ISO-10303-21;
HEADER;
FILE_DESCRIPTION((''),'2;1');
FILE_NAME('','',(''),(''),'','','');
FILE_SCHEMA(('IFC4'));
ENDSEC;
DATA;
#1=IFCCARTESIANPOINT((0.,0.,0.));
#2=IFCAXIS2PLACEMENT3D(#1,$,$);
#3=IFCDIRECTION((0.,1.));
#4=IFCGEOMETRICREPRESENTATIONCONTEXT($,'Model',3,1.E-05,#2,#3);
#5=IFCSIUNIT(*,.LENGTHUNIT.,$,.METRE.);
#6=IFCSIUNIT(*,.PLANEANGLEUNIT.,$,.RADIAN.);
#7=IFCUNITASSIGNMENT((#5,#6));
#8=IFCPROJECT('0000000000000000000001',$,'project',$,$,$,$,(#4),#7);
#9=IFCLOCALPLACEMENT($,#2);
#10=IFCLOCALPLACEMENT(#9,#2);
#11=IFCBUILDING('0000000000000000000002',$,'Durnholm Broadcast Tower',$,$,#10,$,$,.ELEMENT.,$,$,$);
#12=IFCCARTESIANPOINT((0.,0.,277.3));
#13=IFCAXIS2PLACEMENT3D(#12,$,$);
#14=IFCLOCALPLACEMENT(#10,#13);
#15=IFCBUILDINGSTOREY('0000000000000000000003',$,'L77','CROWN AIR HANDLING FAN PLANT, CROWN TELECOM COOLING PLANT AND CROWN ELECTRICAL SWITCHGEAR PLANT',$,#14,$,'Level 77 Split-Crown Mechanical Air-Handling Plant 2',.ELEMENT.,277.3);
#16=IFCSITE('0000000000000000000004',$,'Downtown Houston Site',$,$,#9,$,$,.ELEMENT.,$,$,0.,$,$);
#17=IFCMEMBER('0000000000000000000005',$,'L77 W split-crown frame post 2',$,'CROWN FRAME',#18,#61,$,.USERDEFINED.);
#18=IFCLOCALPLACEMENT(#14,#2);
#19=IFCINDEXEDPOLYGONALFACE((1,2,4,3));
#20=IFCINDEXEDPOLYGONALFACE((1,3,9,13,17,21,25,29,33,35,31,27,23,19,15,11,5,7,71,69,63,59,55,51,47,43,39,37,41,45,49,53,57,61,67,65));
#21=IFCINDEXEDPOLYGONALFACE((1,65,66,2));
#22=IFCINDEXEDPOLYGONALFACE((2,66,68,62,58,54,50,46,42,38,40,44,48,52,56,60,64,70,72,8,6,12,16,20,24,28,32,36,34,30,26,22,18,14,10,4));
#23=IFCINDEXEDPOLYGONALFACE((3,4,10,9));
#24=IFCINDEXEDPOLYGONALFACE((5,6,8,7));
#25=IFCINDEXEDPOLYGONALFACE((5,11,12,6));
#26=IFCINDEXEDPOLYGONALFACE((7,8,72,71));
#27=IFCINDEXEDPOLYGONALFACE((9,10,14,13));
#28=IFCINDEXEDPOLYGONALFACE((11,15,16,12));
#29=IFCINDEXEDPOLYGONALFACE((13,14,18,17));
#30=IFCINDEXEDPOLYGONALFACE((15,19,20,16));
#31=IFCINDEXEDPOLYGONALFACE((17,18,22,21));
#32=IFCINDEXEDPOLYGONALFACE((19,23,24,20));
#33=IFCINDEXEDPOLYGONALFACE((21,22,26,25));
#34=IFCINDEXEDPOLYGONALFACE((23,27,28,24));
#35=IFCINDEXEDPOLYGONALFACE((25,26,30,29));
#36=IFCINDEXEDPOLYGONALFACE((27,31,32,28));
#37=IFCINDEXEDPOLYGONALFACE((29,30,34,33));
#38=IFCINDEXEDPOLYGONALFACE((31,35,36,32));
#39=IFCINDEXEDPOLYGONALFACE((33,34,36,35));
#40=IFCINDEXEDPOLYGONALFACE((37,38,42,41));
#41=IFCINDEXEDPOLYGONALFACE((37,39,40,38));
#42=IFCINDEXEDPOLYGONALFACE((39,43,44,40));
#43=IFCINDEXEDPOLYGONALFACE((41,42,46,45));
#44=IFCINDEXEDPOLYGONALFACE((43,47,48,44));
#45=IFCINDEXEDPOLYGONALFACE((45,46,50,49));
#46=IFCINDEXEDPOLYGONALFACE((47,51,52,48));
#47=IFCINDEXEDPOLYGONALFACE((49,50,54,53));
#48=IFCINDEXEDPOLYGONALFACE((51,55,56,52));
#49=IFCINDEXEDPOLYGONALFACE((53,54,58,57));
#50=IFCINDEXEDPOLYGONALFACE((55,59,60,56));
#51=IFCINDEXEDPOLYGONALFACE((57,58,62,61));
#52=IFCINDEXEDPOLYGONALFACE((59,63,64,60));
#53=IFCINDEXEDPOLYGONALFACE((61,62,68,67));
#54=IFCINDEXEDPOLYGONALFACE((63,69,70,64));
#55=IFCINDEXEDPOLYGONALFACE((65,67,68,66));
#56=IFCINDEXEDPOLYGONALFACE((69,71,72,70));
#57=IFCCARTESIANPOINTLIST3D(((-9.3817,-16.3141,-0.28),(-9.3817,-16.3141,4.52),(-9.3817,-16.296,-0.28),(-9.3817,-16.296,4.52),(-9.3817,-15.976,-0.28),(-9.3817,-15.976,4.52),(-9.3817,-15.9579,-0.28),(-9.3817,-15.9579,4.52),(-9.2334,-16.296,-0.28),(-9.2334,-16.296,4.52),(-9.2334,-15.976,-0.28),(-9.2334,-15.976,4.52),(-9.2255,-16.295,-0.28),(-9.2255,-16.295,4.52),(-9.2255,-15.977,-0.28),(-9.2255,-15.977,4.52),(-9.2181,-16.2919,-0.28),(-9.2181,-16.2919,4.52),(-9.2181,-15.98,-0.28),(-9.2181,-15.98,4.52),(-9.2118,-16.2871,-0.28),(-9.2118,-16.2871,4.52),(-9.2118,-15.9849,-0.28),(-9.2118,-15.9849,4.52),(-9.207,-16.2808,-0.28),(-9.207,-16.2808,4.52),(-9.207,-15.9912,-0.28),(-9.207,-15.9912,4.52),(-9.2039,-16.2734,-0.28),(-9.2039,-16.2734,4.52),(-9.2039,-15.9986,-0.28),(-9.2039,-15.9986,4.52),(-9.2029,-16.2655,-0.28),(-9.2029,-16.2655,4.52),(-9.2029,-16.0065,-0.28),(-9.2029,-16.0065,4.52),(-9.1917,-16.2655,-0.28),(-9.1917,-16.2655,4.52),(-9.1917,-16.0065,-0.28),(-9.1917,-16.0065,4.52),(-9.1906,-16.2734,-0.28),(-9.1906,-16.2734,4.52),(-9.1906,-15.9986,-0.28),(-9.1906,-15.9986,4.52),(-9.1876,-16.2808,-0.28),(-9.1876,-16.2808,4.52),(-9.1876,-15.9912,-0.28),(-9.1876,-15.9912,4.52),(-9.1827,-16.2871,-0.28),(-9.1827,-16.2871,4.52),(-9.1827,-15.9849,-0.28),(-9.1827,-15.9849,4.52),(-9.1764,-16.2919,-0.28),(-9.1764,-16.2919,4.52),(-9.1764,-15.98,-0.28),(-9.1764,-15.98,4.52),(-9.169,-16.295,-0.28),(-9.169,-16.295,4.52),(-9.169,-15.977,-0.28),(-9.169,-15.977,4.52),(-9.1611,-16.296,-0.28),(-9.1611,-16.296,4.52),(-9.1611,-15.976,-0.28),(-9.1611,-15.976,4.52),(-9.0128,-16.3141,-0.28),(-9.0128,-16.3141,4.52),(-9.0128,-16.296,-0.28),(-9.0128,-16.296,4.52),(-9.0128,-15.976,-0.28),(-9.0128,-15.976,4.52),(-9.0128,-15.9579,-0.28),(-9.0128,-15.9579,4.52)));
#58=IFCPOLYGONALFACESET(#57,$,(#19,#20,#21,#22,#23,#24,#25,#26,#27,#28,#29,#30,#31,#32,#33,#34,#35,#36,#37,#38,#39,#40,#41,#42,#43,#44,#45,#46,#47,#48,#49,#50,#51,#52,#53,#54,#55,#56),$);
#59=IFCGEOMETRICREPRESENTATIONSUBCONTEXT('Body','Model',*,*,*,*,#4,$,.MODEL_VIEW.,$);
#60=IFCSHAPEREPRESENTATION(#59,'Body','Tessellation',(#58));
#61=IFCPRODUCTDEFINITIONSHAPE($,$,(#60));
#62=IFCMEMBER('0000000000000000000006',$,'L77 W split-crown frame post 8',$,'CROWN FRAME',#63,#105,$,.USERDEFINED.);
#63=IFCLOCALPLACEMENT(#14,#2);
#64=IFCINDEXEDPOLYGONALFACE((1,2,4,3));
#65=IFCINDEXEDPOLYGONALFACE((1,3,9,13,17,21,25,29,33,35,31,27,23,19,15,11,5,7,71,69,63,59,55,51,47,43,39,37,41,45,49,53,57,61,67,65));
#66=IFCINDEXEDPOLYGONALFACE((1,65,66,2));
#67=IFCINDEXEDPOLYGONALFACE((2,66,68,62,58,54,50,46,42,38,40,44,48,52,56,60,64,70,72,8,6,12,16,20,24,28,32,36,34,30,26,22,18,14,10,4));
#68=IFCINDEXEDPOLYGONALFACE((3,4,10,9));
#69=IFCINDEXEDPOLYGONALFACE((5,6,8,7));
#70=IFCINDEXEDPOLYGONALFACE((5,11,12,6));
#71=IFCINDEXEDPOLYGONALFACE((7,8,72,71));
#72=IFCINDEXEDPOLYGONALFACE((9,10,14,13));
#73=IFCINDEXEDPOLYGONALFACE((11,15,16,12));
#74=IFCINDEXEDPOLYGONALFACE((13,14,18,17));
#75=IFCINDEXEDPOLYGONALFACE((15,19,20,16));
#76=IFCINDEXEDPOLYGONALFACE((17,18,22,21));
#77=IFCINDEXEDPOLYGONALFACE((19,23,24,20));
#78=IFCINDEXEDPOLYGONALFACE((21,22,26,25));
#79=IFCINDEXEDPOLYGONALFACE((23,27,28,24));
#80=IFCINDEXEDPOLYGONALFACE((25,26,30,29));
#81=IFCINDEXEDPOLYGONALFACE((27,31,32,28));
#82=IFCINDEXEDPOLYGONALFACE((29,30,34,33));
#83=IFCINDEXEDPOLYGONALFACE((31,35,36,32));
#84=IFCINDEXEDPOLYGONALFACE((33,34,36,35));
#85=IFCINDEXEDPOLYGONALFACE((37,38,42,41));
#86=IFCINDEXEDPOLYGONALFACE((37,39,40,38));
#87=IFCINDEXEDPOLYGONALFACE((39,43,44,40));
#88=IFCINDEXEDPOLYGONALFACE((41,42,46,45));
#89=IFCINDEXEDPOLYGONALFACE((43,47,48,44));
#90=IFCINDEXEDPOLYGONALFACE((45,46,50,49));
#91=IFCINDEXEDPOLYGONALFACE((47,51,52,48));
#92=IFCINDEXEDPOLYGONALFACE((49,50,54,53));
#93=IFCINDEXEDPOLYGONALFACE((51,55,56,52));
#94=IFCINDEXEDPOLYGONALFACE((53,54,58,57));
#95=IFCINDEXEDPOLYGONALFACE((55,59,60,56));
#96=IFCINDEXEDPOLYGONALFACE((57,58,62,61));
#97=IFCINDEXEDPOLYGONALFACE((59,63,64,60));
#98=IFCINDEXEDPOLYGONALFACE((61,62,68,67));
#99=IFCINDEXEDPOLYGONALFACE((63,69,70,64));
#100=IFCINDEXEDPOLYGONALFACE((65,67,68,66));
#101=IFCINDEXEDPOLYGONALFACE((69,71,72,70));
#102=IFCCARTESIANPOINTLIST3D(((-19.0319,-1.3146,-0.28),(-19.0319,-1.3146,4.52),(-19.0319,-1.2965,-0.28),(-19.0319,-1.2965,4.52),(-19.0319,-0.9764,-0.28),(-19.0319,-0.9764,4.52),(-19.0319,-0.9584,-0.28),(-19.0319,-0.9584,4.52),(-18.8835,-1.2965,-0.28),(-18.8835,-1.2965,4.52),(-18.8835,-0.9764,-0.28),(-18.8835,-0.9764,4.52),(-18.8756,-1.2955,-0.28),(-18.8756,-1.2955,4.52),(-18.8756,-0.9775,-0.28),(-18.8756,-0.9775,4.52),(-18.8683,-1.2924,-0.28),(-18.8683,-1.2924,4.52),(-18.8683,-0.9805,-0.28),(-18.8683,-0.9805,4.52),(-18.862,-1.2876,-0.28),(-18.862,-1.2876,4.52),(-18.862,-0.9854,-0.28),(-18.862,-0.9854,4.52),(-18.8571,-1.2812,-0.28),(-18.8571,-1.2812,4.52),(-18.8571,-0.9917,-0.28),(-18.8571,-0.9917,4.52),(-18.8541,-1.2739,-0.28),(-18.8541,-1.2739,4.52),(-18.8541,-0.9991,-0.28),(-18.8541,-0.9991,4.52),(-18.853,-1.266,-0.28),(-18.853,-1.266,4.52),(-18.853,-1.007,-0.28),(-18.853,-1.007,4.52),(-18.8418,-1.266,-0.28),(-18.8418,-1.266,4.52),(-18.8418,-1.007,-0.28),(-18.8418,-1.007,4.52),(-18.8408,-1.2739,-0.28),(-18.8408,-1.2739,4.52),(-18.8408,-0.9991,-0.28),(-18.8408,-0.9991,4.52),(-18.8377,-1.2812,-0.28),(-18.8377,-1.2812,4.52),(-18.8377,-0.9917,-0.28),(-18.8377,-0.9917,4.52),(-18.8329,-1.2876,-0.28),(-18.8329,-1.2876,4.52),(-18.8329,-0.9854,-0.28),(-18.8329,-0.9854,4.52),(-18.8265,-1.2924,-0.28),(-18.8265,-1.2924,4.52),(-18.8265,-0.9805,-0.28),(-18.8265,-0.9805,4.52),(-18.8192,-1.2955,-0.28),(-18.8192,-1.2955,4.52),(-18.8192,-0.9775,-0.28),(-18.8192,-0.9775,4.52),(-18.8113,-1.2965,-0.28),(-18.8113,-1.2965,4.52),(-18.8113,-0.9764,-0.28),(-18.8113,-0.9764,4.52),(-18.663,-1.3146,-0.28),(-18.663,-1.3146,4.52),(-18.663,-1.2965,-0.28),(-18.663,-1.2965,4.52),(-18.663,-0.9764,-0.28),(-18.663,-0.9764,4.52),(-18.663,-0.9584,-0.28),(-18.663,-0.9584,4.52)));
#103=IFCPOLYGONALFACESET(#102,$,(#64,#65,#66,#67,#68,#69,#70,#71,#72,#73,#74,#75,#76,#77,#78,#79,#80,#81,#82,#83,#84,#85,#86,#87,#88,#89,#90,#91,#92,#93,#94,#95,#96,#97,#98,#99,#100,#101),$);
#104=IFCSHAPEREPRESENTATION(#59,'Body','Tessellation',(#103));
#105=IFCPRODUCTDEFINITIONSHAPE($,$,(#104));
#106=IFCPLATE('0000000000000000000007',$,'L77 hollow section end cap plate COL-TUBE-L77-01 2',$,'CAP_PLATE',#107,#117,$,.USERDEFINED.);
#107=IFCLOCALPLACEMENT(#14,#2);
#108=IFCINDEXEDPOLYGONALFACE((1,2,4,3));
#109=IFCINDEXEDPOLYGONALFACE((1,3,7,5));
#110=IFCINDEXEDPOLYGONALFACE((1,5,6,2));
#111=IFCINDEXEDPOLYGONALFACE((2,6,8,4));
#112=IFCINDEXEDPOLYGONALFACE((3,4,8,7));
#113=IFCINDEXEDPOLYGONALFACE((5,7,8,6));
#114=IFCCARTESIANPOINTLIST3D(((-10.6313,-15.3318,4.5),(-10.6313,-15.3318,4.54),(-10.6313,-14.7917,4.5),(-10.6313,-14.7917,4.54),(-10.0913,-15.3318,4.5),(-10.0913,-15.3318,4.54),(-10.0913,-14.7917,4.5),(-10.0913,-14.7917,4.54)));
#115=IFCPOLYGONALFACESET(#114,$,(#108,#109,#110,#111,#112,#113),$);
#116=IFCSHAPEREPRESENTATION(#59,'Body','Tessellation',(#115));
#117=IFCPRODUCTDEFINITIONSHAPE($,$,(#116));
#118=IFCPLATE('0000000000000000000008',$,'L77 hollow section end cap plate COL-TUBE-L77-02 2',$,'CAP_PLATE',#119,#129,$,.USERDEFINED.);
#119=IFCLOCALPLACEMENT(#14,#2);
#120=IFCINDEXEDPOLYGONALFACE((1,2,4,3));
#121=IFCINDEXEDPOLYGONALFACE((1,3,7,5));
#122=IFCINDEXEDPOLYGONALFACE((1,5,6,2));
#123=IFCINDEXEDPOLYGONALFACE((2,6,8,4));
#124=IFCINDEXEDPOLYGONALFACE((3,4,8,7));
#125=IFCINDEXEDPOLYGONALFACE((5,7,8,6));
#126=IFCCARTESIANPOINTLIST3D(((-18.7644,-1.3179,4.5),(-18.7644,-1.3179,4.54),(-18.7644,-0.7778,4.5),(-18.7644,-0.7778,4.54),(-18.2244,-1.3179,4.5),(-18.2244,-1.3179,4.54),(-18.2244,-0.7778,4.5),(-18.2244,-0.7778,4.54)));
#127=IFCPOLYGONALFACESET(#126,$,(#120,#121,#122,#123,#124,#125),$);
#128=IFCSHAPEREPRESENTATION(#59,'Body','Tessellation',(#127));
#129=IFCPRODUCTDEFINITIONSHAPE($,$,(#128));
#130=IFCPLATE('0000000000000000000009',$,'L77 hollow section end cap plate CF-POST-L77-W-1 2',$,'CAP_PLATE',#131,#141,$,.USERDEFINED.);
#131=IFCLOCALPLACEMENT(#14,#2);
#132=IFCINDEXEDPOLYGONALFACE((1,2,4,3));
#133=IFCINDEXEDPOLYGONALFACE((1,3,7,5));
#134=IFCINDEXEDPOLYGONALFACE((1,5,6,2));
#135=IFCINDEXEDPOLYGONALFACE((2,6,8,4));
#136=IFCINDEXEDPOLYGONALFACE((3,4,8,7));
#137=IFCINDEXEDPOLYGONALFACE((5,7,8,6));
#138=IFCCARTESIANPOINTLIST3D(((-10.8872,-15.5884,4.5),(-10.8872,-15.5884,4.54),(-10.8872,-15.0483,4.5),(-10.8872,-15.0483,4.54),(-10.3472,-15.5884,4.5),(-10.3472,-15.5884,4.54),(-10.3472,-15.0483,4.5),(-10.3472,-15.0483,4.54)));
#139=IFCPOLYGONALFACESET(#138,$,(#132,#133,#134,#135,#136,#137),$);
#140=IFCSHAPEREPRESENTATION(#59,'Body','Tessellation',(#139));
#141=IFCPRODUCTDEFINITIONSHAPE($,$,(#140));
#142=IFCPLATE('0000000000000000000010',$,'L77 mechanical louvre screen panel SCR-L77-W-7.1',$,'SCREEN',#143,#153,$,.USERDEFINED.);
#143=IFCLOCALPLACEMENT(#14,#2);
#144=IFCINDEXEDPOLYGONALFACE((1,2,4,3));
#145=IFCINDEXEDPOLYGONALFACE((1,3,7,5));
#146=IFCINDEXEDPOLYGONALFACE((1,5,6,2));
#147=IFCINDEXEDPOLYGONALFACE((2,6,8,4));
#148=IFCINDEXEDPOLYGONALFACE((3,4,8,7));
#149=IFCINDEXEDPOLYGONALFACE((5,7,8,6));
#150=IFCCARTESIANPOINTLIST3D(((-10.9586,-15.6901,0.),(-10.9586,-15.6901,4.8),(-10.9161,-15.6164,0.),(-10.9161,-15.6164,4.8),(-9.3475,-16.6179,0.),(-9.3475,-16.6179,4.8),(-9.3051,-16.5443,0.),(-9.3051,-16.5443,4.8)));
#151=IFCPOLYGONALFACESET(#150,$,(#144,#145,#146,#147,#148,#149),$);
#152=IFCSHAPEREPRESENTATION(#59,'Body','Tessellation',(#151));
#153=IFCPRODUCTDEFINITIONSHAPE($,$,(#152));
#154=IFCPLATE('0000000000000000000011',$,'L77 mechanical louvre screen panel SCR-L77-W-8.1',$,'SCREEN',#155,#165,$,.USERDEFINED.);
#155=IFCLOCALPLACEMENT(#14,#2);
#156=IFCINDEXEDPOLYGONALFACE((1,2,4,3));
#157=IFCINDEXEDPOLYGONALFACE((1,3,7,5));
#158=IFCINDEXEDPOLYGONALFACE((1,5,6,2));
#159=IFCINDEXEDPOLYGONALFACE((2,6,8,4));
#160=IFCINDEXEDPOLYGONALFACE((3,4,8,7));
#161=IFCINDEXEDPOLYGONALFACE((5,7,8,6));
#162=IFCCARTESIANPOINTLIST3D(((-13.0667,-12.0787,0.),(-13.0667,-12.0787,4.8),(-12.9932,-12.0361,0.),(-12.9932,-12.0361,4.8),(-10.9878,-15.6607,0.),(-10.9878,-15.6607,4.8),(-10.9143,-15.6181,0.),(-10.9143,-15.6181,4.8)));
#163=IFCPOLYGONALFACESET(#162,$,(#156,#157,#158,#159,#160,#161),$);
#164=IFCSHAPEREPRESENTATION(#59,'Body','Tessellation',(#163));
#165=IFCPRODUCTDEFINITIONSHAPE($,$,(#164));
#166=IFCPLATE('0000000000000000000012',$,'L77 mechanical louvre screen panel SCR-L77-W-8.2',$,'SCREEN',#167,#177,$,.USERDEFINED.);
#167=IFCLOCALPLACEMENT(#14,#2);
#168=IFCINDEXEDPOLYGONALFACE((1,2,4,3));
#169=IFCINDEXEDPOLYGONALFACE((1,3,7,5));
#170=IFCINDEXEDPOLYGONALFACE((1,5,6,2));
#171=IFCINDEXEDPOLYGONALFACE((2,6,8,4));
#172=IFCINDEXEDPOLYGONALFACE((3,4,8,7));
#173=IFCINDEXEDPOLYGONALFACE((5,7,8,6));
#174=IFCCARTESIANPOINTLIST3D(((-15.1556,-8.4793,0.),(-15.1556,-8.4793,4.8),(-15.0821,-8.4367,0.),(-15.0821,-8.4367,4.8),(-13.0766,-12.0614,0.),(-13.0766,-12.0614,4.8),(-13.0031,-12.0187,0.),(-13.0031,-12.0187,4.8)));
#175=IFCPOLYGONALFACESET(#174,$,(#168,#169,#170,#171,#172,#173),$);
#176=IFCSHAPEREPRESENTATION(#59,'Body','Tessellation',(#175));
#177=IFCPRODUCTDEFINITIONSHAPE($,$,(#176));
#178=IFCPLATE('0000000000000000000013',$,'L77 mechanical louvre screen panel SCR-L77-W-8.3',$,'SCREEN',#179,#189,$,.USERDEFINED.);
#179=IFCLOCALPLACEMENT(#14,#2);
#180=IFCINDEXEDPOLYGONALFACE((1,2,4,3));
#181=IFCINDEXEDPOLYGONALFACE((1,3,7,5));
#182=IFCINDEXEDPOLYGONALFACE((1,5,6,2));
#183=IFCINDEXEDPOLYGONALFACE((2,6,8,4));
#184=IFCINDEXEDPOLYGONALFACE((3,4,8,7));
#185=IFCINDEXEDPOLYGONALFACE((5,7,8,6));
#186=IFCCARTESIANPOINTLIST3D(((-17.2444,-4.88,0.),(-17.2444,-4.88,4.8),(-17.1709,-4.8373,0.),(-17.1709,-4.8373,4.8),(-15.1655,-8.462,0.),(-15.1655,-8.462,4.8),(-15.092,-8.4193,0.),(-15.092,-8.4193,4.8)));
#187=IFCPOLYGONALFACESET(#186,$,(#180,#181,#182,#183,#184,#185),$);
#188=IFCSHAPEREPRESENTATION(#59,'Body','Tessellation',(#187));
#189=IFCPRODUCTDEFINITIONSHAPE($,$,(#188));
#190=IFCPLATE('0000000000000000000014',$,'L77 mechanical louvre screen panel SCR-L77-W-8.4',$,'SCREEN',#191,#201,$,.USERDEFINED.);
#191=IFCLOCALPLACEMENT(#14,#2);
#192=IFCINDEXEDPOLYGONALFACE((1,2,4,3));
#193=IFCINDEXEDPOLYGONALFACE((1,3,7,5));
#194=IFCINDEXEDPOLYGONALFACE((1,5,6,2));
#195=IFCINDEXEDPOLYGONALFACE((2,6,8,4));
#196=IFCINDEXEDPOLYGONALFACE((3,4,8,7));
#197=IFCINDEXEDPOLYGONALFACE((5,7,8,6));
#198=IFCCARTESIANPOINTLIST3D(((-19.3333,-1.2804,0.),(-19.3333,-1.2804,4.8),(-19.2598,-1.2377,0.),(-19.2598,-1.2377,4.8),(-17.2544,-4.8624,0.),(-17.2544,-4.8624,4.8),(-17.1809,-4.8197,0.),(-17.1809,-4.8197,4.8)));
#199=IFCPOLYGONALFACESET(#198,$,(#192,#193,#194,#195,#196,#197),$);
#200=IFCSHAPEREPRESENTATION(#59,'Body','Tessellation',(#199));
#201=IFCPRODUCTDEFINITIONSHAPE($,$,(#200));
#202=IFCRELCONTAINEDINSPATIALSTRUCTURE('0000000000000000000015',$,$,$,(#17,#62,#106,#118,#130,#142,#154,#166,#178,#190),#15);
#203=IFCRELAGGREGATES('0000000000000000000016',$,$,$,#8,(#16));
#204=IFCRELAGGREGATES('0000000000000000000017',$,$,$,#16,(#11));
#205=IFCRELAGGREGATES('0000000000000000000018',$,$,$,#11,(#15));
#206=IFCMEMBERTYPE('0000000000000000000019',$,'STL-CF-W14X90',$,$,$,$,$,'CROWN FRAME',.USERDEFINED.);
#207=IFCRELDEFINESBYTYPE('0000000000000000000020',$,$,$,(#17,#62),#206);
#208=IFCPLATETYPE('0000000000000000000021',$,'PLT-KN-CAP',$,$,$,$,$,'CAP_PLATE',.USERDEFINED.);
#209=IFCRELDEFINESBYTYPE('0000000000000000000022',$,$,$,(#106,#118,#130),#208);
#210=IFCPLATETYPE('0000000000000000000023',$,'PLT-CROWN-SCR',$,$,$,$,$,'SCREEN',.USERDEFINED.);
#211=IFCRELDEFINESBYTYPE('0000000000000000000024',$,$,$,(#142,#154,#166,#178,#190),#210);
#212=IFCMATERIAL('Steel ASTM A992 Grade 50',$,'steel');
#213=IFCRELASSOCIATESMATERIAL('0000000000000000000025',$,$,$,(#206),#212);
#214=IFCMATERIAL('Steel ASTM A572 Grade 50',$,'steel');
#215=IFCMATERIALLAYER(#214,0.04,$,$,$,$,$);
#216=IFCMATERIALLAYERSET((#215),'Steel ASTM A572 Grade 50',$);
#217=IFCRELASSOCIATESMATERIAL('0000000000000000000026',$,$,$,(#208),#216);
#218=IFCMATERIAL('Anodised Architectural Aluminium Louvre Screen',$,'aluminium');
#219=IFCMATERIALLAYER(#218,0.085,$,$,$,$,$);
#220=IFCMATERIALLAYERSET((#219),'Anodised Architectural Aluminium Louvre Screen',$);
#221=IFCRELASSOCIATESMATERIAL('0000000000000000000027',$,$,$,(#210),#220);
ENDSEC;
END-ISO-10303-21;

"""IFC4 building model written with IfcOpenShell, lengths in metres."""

from ifc_helpers import new_model, si_unit, direction, frame, origin, origin_2d, place, context, subcontext, project, spatial, rectangle, i_section, extrude, source, transform, mapped, material, layer, layer_set, material_profile, profile_set, type_object, type_shapes, element, save


model = new_model("IFC4")

# Units and contexts
model_context = context("Model", 3, precision=1e-05, world=origin(), true_north=direction((0.0, 1.0)))
body_context = subcontext(model_context, "Body", "Model", "MODEL_VIEW")
ifc_project = project(units=[si_unit("LENGTHUNIT", "METRE"), si_unit("PLANEANGLEUNIT", "RADIAN")], contexts=[model_context])

# Site, building, storey
site_placement = place(None, origin())
site = spatial("IfcSite", under=ifc_project, at=site_placement, Name="Downtown Houston Site", CompositionType="ELEMENT", RefElevation=0.0)
building_placement = place(site_placement, origin())
building = spatial("IfcBuilding", under=site, at=building_placement, Name="Durnholm Broadcast Tower", CompositionType="ELEMENT")
storey_placement = place(building_placement, frame((0.0, 0.0, 277.3)))
storey = spatial("IfcBuildingStorey", under=building, at=storey_placement, Name="L77", Description="CROWN AIR HANDLING FAN PLANT, CROWN TELECOM COOLING PLANT AND CROWN ELECTRICAL SWITCHGEAR PLANT", LongName="Level 77 Split-Crown Mechanical Air-Handling Plant 2", CompositionType="ELEMENT", Elevation=277.3)

# Shared definitions
ifc_material_1 = material(Name="Steel ASTM A992 Grade 50", Category="steel")

# Members
ifc_material_profile_1 = material_profile(ifc_material_1, i_section(OverallWidth=0.3689, OverallDepth=0.3562, WebThickness=0.0112, FlangeThickness=0.0181, FilletRadius=0.0305, at=origin_2d()), Name="W14X90")
ifc_profile_set_1 = profile_set([ifc_material_profile_1], Name="Steel ASTM A992 Grade 50")
member_type_1 = type_object("IfcMemberType", Name="STL-CF-W14X90", ElementType="CROWN FRAME", PredefinedType="USERDEFINED", material=ifc_profile_set_1)
shared_shape_1 = source(origin(), body_context, "Body", "SweptSolid", [
    extrude(i_section(OverallWidth=0.3689, OverallDepth=0.3562, WebThickness=0.0112, FlangeThickness=0.0181, FilletRadius=0.0305, at=origin_2d()), origin(), (0.0, 0.0, 1.0), 4.8),
])
type_shapes(member_type_1, [shared_shape_1])
for number, where, z_axis, x_axis, name in (
    (1, (-9.1973, -16.136, -0.28), (0.0, 0.0, 1.0), (1.0, 0.0, 0.0), "L77 W split-crown frame post 2"),
    (2, (-18.8474, -1.1365, -0.28), (0.0, 0.0, 1.0), (1.0, 0.0, 0.0), "L77 W split-crown frame post 8"),
):
    element("IfcMember", number, at=place(storey_placement, frame(where, z_axis=z_axis, x_axis=x_axis)), inside=storey, type_object=member_type_1, Name=name, ObjectType="CROWN FRAME", PredefinedType="USERDEFINED", context=body_context, shape_type="MappedRepresentation", body=[
        mapped(shared_shape_1, transform((0.0, 0.0, 0.0), x_axis=(1.0, 0.0, 0.0), y_axis=(0.0, 1.0, 0.0), z_axis=(0.0, 0.0, 1.0), scale=1.0)),
    ])

# Plates
ifc_material_2 = material(Name="Steel ASTM A572 Grade 50", Category="steel")
ifc_layer_1 = layer(ifc_material_2, 0.04)
ifc_layer_set_1 = layer_set([ifc_layer_1], Name="Steel ASTM A572 Grade 50")
plate_type_1 = type_object("IfcPlateType", Name="PLT-KN-CAP", ElementType="CAP_PLATE", PredefinedType="USERDEFINED", material=ifc_layer_set_1)
shared_shape_2 = source(origin(), body_context, "Body", "SweptSolid", [
    extrude(rectangle(XDim=0.54, YDim=0.54, at=origin_2d()), origin(), (0.0, 0.0, 1.0), 0.04),
])
type_shapes(plate_type_1, [shared_shape_2])
for number, where, z_axis, x_axis, name in (
    (3, (-10.3613, -15.0618, 4.5), (0.0, 0.0, 1.0), (1.0, 0.0, 0.0), "L77 hollow section end cap plate COL-TUBE-L77-01 2"),
    (4, (-18.4944, -1.0479, 4.5), (0.0, 0.0, 1.0), (1.0, 0.0, 0.0), "L77 hollow section end cap plate COL-TUBE-L77-02 2"),
    (5, (-10.6172, -15.3184, 4.5), (0.0, 0.0, 1.0), (1.0, 0.0, 0.0), "L77 hollow section end cap plate CF-POST-L77-W-1 2"),
):
    element("IfcPlate", number, at=place(storey_placement, frame(where, z_axis=z_axis, x_axis=x_axis)), inside=storey, type_object=plate_type_1, Name=name, ObjectType="CAP_PLATE", PredefinedType="USERDEFINED", context=body_context, shape_type="MappedRepresentation", body=[
        mapped(shared_shape_2, transform((0.0, 0.0, 0.0), x_axis=(1.0, 0.0, 0.0), y_axis=(0.0, 1.0, 0.0), z_axis=(0.0, 0.0, 1.0), scale=1.0)),
    ])
ifc_material_3 = material(Name="Anodised Architectural Aluminium Louvre Screen", Category="aluminium")
ifc_layer_2 = layer(ifc_material_3, 0.085)
ifc_layer_set_2 = layer_set([ifc_layer_2], Name="Anodised Architectural Aluminium Louvre Screen")
plate_type_2 = type_object("IfcPlateType", Name="PLT-CROWN-SCR", ElementType="SCREEN", PredefinedType="USERDEFINED", material=ifc_layer_set_2)
shared_shape_3 = source(origin(), body_context, "Body", "SweptSolid", [
    extrude(rectangle(XDim=1.8591, YDim=0.085, at=origin_2d()), origin(), (0.0, 0.0, 1.0), 4.8),
])
plate_placement = place(storey_placement, frame((-10.1318, -16.1172, 0.0), z_axis=(0.0, 0.0, 1.0), x_axis=(-0.866549, 0.499093, 0.0)))
element("IfcPlate", 6, at=plate_placement, inside=storey, type_object=plate_type_2, Name="L77 mechanical louvre screen panel SCR-L77-W-7.1", ObjectType="SCREEN", PredefinedType="USERDEFINED", context=body_context, shape_type="MappedRepresentation", body=[
    mapped(shared_shape_3, transform((0.0, 0.0, 0.0), x_axis=(1.0, 0.0, 0.0), y_axis=(0.0, 1.0, 0.0), z_axis=(0.0, 0.0, 1.0), scale=1.0)),
])
shared_shape_4 = source(origin(), body_context, "Body", "SweptSolid", [
    extrude(rectangle(XDim=4.1416, YDim=0.085, at=origin_2d()), origin(), (0.0, 0.0, 1.0), 4.8),
])
type_shapes(plate_type_2, [shared_shape_3, shared_shape_4])
for number, where, z_axis, x_axis, name in (
    (7, (-11.9905, -13.8484, 0.0), (0.0, 0.0, 1.0), (-0.501964, 0.864889, 0.0), "L77 mechanical louvre screen panel SCR-L77-W-8.1"),
    (8, (-14.0793, -10.249, 0.0), (0.0, 0.0, 1.0), (-0.501964, 0.864889, 0.0), "L77 mechanical louvre screen panel SCR-L77-W-8.2"),
    (9, (-16.1682, -6.6497, 0.0), (0.0, 0.0, 1.0), (-0.501964, 0.864889, 0.0), "L77 mechanical louvre screen panel SCR-L77-W-8.3"),
    (10, (-18.2571, -3.05, 0.0), (0.0, 0.0, 1.0), (-0.501964, 0.864889, 0.0), "L77 mechanical louvre screen panel SCR-L77-W-8.4"),
):
    element("IfcPlate", number, at=place(storey_placement, frame(where, z_axis=z_axis, x_axis=x_axis)), inside=storey, type_object=plate_type_2, Name=name, ObjectType="SCREEN", PredefinedType="USERDEFINED", context=body_context, shape_type="MappedRepresentation", body=[
        mapped(shared_shape_4, transform((0.0, 0.0, 0.0), x_axis=(1.0, 0.0, 0.0), y_axis=(0.0, 1.0, 0.0), z_axis=(0.0, 0.0, 1.0), scale=1.0)),
    ])

save(model, "model.ifc")
